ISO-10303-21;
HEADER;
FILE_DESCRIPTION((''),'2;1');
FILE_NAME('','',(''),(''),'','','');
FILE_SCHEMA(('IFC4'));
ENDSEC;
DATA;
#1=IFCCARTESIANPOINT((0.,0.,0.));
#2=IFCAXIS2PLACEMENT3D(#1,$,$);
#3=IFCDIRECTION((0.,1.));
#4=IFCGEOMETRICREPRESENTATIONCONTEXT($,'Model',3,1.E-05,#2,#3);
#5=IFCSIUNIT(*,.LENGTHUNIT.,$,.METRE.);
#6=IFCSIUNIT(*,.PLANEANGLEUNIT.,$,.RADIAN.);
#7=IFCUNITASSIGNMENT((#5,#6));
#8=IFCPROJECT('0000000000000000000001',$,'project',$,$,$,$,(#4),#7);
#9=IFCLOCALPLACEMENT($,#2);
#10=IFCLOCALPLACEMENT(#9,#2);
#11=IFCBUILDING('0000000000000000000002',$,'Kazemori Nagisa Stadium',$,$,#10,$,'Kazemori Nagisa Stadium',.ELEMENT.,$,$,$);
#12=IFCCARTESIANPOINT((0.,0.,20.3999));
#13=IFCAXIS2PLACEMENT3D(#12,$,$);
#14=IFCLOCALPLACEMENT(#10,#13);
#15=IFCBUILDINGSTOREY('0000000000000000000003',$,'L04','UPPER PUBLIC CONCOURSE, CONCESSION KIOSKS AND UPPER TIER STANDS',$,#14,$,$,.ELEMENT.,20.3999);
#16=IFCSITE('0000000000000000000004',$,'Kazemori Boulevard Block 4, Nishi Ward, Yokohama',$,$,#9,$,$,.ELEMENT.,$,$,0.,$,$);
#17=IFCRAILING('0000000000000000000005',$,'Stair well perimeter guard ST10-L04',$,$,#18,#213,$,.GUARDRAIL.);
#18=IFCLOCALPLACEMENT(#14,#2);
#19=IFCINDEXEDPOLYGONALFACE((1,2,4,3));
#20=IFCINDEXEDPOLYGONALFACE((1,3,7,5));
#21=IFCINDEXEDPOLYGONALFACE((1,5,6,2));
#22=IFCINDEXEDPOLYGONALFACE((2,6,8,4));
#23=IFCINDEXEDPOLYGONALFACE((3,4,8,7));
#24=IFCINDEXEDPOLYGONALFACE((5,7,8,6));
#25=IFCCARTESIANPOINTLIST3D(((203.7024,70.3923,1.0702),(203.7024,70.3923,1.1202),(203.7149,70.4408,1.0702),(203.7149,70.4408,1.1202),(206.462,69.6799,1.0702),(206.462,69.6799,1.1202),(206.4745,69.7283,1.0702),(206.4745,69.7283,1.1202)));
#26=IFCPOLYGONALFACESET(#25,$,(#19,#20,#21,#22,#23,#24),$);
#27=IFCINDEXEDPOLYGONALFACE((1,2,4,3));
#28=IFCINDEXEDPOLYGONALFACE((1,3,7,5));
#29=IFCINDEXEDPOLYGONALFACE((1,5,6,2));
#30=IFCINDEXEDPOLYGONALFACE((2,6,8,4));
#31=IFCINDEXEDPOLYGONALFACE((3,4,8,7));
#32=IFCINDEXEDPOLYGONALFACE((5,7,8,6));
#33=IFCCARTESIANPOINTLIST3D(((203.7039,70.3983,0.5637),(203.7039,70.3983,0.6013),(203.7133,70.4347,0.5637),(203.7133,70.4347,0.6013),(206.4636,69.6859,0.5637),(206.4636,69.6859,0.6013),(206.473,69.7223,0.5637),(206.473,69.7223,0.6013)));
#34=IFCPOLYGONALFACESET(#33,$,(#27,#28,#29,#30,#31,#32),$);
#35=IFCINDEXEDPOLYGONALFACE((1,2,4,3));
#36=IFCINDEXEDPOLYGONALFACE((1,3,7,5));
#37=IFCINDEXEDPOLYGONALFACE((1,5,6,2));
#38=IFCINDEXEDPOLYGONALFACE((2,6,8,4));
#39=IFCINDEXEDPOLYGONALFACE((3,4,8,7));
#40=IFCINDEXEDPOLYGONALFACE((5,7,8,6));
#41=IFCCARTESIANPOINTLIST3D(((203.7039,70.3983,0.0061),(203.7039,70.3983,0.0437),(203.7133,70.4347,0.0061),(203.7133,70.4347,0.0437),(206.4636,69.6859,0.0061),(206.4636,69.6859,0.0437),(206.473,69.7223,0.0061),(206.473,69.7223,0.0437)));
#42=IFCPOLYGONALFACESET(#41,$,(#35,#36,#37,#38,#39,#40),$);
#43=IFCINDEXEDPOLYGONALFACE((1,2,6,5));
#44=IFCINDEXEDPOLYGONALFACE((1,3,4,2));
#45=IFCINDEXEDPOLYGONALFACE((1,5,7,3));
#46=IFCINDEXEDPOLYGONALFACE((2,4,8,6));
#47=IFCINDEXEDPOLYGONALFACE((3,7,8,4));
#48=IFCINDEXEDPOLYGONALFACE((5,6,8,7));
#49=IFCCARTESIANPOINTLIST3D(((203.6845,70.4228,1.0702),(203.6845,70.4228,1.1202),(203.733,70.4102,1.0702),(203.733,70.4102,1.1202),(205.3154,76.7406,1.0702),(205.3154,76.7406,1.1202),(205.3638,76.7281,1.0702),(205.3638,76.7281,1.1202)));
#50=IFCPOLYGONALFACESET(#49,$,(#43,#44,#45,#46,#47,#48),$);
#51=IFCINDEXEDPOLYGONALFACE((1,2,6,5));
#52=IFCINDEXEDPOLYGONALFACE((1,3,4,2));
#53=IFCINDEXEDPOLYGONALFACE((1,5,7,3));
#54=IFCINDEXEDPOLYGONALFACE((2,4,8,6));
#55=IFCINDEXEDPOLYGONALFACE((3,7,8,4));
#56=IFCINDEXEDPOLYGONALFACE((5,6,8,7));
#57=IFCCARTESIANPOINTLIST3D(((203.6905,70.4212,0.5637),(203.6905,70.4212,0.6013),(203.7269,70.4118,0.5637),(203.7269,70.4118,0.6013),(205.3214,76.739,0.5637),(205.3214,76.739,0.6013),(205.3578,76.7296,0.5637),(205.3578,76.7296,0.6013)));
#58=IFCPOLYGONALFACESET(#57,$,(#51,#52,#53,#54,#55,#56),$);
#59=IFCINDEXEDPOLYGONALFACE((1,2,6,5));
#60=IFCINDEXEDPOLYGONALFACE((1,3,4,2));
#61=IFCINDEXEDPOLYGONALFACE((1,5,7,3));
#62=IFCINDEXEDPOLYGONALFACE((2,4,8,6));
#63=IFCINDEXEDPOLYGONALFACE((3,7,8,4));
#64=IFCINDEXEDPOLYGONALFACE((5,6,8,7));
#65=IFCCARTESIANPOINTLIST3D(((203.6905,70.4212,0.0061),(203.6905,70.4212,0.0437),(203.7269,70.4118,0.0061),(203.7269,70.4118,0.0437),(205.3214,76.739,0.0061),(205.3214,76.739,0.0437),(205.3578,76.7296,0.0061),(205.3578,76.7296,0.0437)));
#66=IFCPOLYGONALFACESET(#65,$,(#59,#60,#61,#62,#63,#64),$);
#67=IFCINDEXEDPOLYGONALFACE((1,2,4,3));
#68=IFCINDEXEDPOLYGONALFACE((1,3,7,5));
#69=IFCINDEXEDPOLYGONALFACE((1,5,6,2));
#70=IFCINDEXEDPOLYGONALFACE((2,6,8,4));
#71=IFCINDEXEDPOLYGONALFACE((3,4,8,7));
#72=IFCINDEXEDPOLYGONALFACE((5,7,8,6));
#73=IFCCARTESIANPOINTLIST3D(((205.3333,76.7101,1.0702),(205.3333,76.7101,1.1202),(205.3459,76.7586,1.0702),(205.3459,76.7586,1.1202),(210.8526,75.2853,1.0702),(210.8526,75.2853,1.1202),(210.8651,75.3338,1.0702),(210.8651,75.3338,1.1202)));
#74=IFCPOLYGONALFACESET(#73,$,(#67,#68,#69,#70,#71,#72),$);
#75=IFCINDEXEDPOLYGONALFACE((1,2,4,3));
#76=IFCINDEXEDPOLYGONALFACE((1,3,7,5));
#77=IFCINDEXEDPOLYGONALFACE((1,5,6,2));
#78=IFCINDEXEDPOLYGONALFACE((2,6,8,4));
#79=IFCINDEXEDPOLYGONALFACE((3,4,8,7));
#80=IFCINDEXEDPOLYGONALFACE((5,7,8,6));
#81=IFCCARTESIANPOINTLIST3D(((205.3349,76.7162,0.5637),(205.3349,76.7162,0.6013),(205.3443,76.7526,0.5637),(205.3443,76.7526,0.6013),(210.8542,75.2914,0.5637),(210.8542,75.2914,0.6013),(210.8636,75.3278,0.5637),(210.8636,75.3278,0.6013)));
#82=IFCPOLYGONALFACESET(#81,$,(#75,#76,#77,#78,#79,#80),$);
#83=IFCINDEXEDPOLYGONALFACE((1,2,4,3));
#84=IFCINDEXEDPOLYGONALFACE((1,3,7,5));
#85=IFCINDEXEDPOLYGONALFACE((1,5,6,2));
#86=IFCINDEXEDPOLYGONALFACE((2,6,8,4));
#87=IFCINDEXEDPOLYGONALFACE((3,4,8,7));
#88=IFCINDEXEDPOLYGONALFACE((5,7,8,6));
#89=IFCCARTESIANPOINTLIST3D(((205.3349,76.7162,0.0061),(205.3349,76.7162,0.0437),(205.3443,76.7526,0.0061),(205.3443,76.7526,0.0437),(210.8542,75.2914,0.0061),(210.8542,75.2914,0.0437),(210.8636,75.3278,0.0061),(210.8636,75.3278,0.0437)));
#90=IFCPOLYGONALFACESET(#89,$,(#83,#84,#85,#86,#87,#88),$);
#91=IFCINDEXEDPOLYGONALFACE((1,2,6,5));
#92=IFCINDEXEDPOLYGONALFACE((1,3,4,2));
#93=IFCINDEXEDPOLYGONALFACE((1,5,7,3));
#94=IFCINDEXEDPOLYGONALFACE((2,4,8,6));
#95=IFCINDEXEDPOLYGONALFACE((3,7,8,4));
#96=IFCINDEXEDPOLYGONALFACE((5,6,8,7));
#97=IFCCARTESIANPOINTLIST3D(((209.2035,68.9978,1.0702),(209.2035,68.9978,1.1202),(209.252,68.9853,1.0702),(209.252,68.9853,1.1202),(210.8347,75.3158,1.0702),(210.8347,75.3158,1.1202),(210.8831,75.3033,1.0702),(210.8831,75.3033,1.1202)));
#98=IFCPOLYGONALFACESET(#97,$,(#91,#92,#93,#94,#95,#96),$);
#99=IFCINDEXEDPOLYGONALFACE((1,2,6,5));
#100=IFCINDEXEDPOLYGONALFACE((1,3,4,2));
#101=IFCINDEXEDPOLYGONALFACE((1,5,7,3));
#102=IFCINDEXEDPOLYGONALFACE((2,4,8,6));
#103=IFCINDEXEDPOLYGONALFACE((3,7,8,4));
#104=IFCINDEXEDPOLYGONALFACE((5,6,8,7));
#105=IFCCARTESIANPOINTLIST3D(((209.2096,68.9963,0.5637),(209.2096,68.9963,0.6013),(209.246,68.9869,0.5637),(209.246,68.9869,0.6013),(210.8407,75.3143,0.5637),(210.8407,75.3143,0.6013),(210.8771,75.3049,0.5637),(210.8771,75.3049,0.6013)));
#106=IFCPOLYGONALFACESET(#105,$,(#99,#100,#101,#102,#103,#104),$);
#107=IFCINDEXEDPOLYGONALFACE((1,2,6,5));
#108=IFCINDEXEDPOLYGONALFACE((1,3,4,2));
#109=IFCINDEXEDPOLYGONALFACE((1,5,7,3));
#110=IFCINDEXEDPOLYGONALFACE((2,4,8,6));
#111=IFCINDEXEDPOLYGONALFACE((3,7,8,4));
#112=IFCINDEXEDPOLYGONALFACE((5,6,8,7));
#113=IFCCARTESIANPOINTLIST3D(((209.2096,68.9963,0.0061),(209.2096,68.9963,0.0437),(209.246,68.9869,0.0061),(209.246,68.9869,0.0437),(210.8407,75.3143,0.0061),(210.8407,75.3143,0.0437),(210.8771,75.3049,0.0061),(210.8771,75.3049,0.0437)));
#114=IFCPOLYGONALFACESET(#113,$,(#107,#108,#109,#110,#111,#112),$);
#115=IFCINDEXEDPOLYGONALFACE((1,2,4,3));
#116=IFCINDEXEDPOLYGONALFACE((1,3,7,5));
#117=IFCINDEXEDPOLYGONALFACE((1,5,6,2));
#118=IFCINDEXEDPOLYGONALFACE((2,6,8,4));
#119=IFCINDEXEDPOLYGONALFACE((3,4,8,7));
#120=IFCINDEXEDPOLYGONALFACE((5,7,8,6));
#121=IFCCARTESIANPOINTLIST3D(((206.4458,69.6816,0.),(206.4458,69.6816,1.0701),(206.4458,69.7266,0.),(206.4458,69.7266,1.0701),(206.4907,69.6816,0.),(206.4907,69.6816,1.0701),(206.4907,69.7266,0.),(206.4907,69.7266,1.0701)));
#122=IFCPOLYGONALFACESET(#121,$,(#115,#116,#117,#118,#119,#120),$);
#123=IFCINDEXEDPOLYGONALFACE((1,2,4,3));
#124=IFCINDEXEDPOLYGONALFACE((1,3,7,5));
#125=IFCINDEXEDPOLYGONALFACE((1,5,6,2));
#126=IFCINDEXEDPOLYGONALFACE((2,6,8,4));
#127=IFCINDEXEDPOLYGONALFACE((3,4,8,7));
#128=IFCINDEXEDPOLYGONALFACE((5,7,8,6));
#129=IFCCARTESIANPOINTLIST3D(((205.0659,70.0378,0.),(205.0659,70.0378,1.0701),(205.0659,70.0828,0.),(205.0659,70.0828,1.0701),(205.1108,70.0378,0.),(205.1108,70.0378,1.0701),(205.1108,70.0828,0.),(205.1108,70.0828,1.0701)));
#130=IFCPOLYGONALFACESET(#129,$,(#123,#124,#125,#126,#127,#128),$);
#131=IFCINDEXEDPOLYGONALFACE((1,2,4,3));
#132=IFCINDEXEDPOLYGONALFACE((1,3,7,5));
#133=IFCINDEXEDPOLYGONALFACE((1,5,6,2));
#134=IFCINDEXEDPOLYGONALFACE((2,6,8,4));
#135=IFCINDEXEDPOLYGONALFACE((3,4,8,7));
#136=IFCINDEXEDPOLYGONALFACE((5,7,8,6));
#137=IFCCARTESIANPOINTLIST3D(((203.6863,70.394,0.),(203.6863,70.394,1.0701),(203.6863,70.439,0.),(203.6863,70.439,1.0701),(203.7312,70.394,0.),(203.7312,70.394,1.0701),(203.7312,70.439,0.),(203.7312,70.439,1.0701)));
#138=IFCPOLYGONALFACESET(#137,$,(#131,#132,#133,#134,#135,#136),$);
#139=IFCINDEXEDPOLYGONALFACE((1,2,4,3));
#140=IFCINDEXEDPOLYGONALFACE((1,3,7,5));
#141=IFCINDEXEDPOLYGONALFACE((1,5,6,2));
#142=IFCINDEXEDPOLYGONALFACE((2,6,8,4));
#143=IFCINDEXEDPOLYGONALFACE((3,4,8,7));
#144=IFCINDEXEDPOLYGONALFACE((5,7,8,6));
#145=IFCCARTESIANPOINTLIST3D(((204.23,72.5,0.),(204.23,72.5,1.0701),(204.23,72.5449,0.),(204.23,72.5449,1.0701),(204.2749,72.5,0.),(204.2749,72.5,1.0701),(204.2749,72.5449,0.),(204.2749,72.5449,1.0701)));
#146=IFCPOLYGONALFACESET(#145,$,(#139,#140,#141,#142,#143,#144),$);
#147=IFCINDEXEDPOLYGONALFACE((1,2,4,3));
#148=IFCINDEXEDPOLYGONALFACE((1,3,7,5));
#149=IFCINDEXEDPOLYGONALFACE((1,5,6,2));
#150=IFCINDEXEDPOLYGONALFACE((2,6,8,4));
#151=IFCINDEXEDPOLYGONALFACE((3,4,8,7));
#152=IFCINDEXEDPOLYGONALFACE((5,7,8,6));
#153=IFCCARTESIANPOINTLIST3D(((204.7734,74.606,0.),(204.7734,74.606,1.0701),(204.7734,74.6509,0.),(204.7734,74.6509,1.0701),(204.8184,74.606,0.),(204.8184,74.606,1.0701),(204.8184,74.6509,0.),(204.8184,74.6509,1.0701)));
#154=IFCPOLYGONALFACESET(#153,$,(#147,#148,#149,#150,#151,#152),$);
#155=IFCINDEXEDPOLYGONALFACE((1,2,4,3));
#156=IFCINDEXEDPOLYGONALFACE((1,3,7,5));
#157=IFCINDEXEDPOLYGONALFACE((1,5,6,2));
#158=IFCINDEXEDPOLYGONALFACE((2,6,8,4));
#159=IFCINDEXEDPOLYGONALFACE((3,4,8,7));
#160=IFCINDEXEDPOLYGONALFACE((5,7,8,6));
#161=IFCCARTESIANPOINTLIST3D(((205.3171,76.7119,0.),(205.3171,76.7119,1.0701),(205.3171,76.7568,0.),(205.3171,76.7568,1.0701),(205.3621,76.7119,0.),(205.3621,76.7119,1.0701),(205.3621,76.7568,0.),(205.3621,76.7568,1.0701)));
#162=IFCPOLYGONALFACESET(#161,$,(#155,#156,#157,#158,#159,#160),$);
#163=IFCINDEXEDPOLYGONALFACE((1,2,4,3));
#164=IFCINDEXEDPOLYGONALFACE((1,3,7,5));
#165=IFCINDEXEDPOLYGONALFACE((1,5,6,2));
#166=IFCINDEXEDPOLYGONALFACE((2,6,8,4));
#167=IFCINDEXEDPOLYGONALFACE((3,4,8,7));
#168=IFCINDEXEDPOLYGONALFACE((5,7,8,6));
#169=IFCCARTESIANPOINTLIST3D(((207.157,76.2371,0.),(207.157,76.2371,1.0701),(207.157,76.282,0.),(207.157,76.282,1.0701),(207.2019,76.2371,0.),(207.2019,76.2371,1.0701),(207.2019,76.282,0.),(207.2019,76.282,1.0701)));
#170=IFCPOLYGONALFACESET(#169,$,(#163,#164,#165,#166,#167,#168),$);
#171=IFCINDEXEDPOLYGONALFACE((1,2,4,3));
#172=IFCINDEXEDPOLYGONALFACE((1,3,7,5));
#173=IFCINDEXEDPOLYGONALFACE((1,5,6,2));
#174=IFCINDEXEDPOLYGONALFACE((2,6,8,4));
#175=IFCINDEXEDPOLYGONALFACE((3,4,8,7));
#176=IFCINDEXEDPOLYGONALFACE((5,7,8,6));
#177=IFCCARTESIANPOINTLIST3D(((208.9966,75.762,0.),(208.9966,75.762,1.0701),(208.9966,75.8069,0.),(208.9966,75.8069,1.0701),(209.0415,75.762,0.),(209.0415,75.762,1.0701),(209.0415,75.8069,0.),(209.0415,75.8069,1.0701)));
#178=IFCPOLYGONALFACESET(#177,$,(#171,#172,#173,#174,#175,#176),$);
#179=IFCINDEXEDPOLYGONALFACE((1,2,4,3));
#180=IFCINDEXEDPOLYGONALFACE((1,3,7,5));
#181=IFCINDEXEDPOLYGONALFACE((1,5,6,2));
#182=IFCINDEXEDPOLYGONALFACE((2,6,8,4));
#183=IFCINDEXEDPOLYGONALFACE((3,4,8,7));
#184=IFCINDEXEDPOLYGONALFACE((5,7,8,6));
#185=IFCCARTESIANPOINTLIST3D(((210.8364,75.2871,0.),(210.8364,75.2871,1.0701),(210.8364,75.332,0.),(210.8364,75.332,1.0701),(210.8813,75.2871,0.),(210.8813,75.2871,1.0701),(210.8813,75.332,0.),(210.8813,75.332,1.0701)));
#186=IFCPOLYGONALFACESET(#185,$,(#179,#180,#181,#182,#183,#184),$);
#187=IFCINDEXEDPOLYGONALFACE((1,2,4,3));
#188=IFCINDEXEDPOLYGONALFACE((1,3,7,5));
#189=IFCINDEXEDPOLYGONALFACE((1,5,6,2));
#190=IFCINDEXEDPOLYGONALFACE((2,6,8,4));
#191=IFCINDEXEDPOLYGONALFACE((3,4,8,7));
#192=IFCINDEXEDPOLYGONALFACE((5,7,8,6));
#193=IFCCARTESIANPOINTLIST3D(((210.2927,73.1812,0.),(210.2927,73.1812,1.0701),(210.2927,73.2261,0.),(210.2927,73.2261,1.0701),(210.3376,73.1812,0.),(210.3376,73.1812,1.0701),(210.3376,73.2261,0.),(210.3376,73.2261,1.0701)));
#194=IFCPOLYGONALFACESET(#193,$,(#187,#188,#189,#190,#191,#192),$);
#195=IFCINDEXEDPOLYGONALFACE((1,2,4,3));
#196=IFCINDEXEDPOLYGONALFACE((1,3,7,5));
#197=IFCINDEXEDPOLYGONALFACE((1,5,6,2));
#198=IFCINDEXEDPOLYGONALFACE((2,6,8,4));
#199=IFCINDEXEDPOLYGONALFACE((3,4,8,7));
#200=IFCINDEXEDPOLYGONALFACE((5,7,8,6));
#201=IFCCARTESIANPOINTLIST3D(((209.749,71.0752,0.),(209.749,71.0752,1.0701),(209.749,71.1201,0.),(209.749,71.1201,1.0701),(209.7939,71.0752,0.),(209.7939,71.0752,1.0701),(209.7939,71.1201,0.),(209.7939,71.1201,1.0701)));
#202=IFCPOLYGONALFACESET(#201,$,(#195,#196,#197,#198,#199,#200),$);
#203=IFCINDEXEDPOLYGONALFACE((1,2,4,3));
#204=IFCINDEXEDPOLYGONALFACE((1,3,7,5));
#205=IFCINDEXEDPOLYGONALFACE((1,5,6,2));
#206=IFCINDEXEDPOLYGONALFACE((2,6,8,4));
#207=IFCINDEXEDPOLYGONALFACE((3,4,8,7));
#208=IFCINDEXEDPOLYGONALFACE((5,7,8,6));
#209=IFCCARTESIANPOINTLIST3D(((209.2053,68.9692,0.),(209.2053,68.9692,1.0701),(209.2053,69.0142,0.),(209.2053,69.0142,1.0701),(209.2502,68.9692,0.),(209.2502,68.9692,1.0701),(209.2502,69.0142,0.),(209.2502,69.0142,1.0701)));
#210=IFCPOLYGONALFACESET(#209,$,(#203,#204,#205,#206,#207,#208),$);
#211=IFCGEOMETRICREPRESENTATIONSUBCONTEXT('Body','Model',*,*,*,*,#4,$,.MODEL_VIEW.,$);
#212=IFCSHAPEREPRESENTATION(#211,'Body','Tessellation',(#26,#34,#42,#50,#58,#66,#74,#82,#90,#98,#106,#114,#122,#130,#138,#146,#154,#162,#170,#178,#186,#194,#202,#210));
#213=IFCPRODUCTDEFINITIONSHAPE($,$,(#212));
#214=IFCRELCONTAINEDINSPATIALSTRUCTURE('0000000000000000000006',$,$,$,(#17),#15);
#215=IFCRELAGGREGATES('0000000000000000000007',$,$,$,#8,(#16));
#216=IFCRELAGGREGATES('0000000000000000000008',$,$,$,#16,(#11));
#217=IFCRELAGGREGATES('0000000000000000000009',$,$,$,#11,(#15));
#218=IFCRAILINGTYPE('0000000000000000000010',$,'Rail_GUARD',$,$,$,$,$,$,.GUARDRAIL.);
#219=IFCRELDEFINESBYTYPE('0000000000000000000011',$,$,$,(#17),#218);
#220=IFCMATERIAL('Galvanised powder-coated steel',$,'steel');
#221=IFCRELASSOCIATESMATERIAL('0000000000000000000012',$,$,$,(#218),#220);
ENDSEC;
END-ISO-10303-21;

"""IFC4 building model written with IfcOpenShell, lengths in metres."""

from ifc_helpers import new_model, si_unit, direction, frame, origin, origin_2d, place, context, subcontext, project, spatial, rectangle, extrude, material, type_object, element, save


model = new_model("IFC4")

# Units and contexts
model_context = context("Model", 3, precision=1e-05, world=origin(), true_north=direction((0.0, 1.0)))
body_context = subcontext(model_context, "Body", "Model", "MODEL_VIEW")
ifc_project = project(units=[si_unit("LENGTHUNIT", "METRE"), si_unit("PLANEANGLEUNIT", "RADIAN")], contexts=[model_context])

# Site, building, storey
site_placement = place(None, origin())
site = spatial("IfcSite", under=ifc_project, at=site_placement, Name="Kazemori Boulevard Block 4, Nishi Ward, Yokohama", CompositionType="ELEMENT", RefElevation=0.0)
building_placement = place(site_placement, origin())
building = spatial("IfcBuilding", under=site, at=building_placement, Name="Kazemori Nagisa Stadium", LongName="Kazemori Nagisa Stadium", CompositionType="ELEMENT")
storey_placement = place(building_placement, frame((0.0, 0.0, 20.3999)))
storey = spatial("IfcBuildingStorey", under=building, at=storey_placement, Name="L04", Description="UPPER PUBLIC CONCOURSE, CONCESSION KIOSKS AND UPPER TIER STANDS", CompositionType="ELEMENT", Elevation=20.3999)

# Railing
ifc_material_1 = material(Name="Galvanised powder-coated steel", Category="steel")
railing_type = type_object("IfcRailingType", Name="Rail_GUARD", PredefinedType="GUARDRAIL", material=ifc_material_1)
railing_placement = place(storey_placement, frame((206.4683, 69.7041, 0.0)))
element("IfcRailing", 1, at=railing_placement, inside=storey, type_object=railing_type, Name="Stair well perimeter guard ST10-L04", PredefinedType="GUARDRAIL", context=body_context, shape_type="SweptSolid", body=[
    extrude(rectangle(XDim=0.05, YDim=0.05, at=origin_2d()), frame((0.0, 0.0, 1.0952), z_axis=(-0.968255, 0.249966, 0.0), x_axis=(-0.249966, -0.968255, 0.0)), (0.0, 0.0, 1.0), 2.8501),
    extrude(rectangle(XDim=0.0376, YDim=0.0376, at=origin_2d()), frame((0.0, 0.0, 0.5825), z_axis=(-0.968255, 0.249966, 0.0), x_axis=(-0.249966, -0.968255, 0.0)), (0.0, 0.0, 1.0), 2.8501),
    extrude(rectangle(XDim=0.0376, YDim=0.0376, at=origin_2d()), frame((0.0, 0.0, 0.0249), z_axis=(-0.968255, 0.249966, 0.0), x_axis=(-0.249966, -0.968255, 0.0)), (0.0, 0.0, 1.0), 2.8501),
    extrude(rectangle(XDim=0.05, YDim=0.05, at=origin_2d()), frame((-2.7595, 0.7124, 1.0952), z_axis=(0.249941, 0.968261, 0.0), x_axis=(-0.968261, 0.249941, 0.0)), (0.0, 0.0, 1.0), 6.5249),
    extrude(rectangle(XDim=0.0376, YDim=0.0376, at=origin_2d()), frame((-2.7595, 0.7124, 0.5825), z_axis=(0.249941, 0.968261, 0.0), x_axis=(-0.968261, 0.249941, 0.0)), (0.0, 0.0, 1.0), 6.5249),
    extrude(rectangle(XDim=0.0376, YDim=0.0376, at=origin_2d()), frame((-2.7595, 0.7124, 0.0249), z_axis=(0.249941, 0.968261, 0.0), x_axis=(-0.968261, 0.249941, 0.0)), (0.0, 0.0, 1.0), 6.5249),
    extrude(rectangle(XDim=0.05, YDim=0.05, at=origin_2d()), frame((-1.1287, 7.0303, 1.0952), z_axis=(0.968257, -0.249956, 0.0), x_axis=(0.249956, 0.968257, 0.0)), (0.0, 0.0, 1.0), 5.7002),
    extrude(rectangle(XDim=0.0376, YDim=0.0376, at=origin_2d()), frame((-1.1287, 7.0303, 0.5825), z_axis=(0.968257, -0.249956, 0.0), x_axis=(0.249956, 0.968257, 0.0)), (0.0, 0.0, 1.0), 5.7002),
    extrude(rectangle(XDim=0.0376, YDim=0.0376, at=origin_2d()), frame((-1.1287, 7.0303, 0.0249), z_axis=(0.968257, -0.249956, 0.0), x_axis=(0.249956, 0.968257, 0.0)), (0.0, 0.0, 1.0), 5.7002),
    extrude(rectangle(XDim=0.05, YDim=0.05, at=origin_2d()), frame((4.3906, 5.6055, 1.0952), z_axis=(-0.249976, -0.968252, 0.0), x_axis=(0.968252, -0.249976, 0.0)), (0.0, 0.0, 1.0), 6.5251),
    extrude(rectangle(XDim=0.0376, YDim=0.0376, at=origin_2d()), frame((4.3906, 5.6055, 0.5825), z_axis=(-0.249976, -0.968252, 0.0), x_axis=(0.968252, -0.249976, 0.0)), (0.0, 0.0, 1.0), 6.5251),
    extrude(rectangle(XDim=0.0376, YDim=0.0376, at=origin_2d()), frame((4.3906, 5.6055, 0.0249), z_axis=(-0.249976, -0.968252, 0.0), x_axis=(0.968252, -0.249976, 0.0)), (0.0, 0.0, 1.0), 6.5251),
    extrude(rectangle(XDim=0.0449, YDim=0.0449, at=origin_2d()), origin(), (0.0, 0.0, 1.0), 1.0701),
    extrude(rectangle(XDim=0.0449, YDim=0.0449, at=origin_2d()), frame((-1.3799, 0.3562, 0.0)), (0.0, 0.0, 1.0), 1.0701),
    extrude(rectangle(XDim=0.0449, YDim=0.0449, at=origin_2d()), frame((-2.7595, 0.7124, 0.0)), (0.0, 0.0, 1.0), 1.0701),
    extrude(rectangle(XDim=0.0449, YDim=0.0449, at=origin_2d()), frame((-2.2158, 2.8184, 0.0)), (0.0, 0.0, 1.0), 1.0701),
    extrude(rectangle(XDim=0.0449, YDim=0.0449, at=origin_2d()), frame((-1.6724, 4.9243, 0.0)), (0.0, 0.0, 1.0), 1.0701),
    extrude(rectangle(XDim=0.0449, YDim=0.0449, at=origin_2d()), frame((-1.1287, 7.0303, 0.0)), (0.0, 0.0, 1.0), 1.0701),
    extrude(rectangle(XDim=0.0449, YDim=0.0449, at=origin_2d()), frame((0.7112, 6.5554, 0.0)), (0.0, 0.0, 1.0), 1.0701),
    extrude(rectangle(XDim=0.0449, YDim=0.0449, at=origin_2d()), frame((2.5508, 6.0803, 0.0)), (0.0, 0.0, 1.0), 1.0701),
    extrude(rectangle(XDim=0.0449, YDim=0.0449, at=origin_2d()), frame((4.3906, 5.6055, 0.0)), (0.0, 0.0, 1.0), 1.0701),
    extrude(rectangle(XDim=0.0449, YDim=0.0449, at=origin_2d()), frame((3.8469, 3.4995, 0.0)), (0.0, 0.0, 1.0), 1.0701),
    extrude(rectangle(XDim=0.0449, YDim=0.0449, at=origin_2d()), frame((3.3032, 1.3936, 0.0)), (0.0, 0.0, 1.0), 1.0701),
    extrude(rectangle(XDim=0.0449, YDim=0.0449, at=origin_2d()), frame((2.7595, -0.7124, 0.0)), (0.0, 0.0, 1.0), 1.0701),
])

save(model, "model.ifc")
